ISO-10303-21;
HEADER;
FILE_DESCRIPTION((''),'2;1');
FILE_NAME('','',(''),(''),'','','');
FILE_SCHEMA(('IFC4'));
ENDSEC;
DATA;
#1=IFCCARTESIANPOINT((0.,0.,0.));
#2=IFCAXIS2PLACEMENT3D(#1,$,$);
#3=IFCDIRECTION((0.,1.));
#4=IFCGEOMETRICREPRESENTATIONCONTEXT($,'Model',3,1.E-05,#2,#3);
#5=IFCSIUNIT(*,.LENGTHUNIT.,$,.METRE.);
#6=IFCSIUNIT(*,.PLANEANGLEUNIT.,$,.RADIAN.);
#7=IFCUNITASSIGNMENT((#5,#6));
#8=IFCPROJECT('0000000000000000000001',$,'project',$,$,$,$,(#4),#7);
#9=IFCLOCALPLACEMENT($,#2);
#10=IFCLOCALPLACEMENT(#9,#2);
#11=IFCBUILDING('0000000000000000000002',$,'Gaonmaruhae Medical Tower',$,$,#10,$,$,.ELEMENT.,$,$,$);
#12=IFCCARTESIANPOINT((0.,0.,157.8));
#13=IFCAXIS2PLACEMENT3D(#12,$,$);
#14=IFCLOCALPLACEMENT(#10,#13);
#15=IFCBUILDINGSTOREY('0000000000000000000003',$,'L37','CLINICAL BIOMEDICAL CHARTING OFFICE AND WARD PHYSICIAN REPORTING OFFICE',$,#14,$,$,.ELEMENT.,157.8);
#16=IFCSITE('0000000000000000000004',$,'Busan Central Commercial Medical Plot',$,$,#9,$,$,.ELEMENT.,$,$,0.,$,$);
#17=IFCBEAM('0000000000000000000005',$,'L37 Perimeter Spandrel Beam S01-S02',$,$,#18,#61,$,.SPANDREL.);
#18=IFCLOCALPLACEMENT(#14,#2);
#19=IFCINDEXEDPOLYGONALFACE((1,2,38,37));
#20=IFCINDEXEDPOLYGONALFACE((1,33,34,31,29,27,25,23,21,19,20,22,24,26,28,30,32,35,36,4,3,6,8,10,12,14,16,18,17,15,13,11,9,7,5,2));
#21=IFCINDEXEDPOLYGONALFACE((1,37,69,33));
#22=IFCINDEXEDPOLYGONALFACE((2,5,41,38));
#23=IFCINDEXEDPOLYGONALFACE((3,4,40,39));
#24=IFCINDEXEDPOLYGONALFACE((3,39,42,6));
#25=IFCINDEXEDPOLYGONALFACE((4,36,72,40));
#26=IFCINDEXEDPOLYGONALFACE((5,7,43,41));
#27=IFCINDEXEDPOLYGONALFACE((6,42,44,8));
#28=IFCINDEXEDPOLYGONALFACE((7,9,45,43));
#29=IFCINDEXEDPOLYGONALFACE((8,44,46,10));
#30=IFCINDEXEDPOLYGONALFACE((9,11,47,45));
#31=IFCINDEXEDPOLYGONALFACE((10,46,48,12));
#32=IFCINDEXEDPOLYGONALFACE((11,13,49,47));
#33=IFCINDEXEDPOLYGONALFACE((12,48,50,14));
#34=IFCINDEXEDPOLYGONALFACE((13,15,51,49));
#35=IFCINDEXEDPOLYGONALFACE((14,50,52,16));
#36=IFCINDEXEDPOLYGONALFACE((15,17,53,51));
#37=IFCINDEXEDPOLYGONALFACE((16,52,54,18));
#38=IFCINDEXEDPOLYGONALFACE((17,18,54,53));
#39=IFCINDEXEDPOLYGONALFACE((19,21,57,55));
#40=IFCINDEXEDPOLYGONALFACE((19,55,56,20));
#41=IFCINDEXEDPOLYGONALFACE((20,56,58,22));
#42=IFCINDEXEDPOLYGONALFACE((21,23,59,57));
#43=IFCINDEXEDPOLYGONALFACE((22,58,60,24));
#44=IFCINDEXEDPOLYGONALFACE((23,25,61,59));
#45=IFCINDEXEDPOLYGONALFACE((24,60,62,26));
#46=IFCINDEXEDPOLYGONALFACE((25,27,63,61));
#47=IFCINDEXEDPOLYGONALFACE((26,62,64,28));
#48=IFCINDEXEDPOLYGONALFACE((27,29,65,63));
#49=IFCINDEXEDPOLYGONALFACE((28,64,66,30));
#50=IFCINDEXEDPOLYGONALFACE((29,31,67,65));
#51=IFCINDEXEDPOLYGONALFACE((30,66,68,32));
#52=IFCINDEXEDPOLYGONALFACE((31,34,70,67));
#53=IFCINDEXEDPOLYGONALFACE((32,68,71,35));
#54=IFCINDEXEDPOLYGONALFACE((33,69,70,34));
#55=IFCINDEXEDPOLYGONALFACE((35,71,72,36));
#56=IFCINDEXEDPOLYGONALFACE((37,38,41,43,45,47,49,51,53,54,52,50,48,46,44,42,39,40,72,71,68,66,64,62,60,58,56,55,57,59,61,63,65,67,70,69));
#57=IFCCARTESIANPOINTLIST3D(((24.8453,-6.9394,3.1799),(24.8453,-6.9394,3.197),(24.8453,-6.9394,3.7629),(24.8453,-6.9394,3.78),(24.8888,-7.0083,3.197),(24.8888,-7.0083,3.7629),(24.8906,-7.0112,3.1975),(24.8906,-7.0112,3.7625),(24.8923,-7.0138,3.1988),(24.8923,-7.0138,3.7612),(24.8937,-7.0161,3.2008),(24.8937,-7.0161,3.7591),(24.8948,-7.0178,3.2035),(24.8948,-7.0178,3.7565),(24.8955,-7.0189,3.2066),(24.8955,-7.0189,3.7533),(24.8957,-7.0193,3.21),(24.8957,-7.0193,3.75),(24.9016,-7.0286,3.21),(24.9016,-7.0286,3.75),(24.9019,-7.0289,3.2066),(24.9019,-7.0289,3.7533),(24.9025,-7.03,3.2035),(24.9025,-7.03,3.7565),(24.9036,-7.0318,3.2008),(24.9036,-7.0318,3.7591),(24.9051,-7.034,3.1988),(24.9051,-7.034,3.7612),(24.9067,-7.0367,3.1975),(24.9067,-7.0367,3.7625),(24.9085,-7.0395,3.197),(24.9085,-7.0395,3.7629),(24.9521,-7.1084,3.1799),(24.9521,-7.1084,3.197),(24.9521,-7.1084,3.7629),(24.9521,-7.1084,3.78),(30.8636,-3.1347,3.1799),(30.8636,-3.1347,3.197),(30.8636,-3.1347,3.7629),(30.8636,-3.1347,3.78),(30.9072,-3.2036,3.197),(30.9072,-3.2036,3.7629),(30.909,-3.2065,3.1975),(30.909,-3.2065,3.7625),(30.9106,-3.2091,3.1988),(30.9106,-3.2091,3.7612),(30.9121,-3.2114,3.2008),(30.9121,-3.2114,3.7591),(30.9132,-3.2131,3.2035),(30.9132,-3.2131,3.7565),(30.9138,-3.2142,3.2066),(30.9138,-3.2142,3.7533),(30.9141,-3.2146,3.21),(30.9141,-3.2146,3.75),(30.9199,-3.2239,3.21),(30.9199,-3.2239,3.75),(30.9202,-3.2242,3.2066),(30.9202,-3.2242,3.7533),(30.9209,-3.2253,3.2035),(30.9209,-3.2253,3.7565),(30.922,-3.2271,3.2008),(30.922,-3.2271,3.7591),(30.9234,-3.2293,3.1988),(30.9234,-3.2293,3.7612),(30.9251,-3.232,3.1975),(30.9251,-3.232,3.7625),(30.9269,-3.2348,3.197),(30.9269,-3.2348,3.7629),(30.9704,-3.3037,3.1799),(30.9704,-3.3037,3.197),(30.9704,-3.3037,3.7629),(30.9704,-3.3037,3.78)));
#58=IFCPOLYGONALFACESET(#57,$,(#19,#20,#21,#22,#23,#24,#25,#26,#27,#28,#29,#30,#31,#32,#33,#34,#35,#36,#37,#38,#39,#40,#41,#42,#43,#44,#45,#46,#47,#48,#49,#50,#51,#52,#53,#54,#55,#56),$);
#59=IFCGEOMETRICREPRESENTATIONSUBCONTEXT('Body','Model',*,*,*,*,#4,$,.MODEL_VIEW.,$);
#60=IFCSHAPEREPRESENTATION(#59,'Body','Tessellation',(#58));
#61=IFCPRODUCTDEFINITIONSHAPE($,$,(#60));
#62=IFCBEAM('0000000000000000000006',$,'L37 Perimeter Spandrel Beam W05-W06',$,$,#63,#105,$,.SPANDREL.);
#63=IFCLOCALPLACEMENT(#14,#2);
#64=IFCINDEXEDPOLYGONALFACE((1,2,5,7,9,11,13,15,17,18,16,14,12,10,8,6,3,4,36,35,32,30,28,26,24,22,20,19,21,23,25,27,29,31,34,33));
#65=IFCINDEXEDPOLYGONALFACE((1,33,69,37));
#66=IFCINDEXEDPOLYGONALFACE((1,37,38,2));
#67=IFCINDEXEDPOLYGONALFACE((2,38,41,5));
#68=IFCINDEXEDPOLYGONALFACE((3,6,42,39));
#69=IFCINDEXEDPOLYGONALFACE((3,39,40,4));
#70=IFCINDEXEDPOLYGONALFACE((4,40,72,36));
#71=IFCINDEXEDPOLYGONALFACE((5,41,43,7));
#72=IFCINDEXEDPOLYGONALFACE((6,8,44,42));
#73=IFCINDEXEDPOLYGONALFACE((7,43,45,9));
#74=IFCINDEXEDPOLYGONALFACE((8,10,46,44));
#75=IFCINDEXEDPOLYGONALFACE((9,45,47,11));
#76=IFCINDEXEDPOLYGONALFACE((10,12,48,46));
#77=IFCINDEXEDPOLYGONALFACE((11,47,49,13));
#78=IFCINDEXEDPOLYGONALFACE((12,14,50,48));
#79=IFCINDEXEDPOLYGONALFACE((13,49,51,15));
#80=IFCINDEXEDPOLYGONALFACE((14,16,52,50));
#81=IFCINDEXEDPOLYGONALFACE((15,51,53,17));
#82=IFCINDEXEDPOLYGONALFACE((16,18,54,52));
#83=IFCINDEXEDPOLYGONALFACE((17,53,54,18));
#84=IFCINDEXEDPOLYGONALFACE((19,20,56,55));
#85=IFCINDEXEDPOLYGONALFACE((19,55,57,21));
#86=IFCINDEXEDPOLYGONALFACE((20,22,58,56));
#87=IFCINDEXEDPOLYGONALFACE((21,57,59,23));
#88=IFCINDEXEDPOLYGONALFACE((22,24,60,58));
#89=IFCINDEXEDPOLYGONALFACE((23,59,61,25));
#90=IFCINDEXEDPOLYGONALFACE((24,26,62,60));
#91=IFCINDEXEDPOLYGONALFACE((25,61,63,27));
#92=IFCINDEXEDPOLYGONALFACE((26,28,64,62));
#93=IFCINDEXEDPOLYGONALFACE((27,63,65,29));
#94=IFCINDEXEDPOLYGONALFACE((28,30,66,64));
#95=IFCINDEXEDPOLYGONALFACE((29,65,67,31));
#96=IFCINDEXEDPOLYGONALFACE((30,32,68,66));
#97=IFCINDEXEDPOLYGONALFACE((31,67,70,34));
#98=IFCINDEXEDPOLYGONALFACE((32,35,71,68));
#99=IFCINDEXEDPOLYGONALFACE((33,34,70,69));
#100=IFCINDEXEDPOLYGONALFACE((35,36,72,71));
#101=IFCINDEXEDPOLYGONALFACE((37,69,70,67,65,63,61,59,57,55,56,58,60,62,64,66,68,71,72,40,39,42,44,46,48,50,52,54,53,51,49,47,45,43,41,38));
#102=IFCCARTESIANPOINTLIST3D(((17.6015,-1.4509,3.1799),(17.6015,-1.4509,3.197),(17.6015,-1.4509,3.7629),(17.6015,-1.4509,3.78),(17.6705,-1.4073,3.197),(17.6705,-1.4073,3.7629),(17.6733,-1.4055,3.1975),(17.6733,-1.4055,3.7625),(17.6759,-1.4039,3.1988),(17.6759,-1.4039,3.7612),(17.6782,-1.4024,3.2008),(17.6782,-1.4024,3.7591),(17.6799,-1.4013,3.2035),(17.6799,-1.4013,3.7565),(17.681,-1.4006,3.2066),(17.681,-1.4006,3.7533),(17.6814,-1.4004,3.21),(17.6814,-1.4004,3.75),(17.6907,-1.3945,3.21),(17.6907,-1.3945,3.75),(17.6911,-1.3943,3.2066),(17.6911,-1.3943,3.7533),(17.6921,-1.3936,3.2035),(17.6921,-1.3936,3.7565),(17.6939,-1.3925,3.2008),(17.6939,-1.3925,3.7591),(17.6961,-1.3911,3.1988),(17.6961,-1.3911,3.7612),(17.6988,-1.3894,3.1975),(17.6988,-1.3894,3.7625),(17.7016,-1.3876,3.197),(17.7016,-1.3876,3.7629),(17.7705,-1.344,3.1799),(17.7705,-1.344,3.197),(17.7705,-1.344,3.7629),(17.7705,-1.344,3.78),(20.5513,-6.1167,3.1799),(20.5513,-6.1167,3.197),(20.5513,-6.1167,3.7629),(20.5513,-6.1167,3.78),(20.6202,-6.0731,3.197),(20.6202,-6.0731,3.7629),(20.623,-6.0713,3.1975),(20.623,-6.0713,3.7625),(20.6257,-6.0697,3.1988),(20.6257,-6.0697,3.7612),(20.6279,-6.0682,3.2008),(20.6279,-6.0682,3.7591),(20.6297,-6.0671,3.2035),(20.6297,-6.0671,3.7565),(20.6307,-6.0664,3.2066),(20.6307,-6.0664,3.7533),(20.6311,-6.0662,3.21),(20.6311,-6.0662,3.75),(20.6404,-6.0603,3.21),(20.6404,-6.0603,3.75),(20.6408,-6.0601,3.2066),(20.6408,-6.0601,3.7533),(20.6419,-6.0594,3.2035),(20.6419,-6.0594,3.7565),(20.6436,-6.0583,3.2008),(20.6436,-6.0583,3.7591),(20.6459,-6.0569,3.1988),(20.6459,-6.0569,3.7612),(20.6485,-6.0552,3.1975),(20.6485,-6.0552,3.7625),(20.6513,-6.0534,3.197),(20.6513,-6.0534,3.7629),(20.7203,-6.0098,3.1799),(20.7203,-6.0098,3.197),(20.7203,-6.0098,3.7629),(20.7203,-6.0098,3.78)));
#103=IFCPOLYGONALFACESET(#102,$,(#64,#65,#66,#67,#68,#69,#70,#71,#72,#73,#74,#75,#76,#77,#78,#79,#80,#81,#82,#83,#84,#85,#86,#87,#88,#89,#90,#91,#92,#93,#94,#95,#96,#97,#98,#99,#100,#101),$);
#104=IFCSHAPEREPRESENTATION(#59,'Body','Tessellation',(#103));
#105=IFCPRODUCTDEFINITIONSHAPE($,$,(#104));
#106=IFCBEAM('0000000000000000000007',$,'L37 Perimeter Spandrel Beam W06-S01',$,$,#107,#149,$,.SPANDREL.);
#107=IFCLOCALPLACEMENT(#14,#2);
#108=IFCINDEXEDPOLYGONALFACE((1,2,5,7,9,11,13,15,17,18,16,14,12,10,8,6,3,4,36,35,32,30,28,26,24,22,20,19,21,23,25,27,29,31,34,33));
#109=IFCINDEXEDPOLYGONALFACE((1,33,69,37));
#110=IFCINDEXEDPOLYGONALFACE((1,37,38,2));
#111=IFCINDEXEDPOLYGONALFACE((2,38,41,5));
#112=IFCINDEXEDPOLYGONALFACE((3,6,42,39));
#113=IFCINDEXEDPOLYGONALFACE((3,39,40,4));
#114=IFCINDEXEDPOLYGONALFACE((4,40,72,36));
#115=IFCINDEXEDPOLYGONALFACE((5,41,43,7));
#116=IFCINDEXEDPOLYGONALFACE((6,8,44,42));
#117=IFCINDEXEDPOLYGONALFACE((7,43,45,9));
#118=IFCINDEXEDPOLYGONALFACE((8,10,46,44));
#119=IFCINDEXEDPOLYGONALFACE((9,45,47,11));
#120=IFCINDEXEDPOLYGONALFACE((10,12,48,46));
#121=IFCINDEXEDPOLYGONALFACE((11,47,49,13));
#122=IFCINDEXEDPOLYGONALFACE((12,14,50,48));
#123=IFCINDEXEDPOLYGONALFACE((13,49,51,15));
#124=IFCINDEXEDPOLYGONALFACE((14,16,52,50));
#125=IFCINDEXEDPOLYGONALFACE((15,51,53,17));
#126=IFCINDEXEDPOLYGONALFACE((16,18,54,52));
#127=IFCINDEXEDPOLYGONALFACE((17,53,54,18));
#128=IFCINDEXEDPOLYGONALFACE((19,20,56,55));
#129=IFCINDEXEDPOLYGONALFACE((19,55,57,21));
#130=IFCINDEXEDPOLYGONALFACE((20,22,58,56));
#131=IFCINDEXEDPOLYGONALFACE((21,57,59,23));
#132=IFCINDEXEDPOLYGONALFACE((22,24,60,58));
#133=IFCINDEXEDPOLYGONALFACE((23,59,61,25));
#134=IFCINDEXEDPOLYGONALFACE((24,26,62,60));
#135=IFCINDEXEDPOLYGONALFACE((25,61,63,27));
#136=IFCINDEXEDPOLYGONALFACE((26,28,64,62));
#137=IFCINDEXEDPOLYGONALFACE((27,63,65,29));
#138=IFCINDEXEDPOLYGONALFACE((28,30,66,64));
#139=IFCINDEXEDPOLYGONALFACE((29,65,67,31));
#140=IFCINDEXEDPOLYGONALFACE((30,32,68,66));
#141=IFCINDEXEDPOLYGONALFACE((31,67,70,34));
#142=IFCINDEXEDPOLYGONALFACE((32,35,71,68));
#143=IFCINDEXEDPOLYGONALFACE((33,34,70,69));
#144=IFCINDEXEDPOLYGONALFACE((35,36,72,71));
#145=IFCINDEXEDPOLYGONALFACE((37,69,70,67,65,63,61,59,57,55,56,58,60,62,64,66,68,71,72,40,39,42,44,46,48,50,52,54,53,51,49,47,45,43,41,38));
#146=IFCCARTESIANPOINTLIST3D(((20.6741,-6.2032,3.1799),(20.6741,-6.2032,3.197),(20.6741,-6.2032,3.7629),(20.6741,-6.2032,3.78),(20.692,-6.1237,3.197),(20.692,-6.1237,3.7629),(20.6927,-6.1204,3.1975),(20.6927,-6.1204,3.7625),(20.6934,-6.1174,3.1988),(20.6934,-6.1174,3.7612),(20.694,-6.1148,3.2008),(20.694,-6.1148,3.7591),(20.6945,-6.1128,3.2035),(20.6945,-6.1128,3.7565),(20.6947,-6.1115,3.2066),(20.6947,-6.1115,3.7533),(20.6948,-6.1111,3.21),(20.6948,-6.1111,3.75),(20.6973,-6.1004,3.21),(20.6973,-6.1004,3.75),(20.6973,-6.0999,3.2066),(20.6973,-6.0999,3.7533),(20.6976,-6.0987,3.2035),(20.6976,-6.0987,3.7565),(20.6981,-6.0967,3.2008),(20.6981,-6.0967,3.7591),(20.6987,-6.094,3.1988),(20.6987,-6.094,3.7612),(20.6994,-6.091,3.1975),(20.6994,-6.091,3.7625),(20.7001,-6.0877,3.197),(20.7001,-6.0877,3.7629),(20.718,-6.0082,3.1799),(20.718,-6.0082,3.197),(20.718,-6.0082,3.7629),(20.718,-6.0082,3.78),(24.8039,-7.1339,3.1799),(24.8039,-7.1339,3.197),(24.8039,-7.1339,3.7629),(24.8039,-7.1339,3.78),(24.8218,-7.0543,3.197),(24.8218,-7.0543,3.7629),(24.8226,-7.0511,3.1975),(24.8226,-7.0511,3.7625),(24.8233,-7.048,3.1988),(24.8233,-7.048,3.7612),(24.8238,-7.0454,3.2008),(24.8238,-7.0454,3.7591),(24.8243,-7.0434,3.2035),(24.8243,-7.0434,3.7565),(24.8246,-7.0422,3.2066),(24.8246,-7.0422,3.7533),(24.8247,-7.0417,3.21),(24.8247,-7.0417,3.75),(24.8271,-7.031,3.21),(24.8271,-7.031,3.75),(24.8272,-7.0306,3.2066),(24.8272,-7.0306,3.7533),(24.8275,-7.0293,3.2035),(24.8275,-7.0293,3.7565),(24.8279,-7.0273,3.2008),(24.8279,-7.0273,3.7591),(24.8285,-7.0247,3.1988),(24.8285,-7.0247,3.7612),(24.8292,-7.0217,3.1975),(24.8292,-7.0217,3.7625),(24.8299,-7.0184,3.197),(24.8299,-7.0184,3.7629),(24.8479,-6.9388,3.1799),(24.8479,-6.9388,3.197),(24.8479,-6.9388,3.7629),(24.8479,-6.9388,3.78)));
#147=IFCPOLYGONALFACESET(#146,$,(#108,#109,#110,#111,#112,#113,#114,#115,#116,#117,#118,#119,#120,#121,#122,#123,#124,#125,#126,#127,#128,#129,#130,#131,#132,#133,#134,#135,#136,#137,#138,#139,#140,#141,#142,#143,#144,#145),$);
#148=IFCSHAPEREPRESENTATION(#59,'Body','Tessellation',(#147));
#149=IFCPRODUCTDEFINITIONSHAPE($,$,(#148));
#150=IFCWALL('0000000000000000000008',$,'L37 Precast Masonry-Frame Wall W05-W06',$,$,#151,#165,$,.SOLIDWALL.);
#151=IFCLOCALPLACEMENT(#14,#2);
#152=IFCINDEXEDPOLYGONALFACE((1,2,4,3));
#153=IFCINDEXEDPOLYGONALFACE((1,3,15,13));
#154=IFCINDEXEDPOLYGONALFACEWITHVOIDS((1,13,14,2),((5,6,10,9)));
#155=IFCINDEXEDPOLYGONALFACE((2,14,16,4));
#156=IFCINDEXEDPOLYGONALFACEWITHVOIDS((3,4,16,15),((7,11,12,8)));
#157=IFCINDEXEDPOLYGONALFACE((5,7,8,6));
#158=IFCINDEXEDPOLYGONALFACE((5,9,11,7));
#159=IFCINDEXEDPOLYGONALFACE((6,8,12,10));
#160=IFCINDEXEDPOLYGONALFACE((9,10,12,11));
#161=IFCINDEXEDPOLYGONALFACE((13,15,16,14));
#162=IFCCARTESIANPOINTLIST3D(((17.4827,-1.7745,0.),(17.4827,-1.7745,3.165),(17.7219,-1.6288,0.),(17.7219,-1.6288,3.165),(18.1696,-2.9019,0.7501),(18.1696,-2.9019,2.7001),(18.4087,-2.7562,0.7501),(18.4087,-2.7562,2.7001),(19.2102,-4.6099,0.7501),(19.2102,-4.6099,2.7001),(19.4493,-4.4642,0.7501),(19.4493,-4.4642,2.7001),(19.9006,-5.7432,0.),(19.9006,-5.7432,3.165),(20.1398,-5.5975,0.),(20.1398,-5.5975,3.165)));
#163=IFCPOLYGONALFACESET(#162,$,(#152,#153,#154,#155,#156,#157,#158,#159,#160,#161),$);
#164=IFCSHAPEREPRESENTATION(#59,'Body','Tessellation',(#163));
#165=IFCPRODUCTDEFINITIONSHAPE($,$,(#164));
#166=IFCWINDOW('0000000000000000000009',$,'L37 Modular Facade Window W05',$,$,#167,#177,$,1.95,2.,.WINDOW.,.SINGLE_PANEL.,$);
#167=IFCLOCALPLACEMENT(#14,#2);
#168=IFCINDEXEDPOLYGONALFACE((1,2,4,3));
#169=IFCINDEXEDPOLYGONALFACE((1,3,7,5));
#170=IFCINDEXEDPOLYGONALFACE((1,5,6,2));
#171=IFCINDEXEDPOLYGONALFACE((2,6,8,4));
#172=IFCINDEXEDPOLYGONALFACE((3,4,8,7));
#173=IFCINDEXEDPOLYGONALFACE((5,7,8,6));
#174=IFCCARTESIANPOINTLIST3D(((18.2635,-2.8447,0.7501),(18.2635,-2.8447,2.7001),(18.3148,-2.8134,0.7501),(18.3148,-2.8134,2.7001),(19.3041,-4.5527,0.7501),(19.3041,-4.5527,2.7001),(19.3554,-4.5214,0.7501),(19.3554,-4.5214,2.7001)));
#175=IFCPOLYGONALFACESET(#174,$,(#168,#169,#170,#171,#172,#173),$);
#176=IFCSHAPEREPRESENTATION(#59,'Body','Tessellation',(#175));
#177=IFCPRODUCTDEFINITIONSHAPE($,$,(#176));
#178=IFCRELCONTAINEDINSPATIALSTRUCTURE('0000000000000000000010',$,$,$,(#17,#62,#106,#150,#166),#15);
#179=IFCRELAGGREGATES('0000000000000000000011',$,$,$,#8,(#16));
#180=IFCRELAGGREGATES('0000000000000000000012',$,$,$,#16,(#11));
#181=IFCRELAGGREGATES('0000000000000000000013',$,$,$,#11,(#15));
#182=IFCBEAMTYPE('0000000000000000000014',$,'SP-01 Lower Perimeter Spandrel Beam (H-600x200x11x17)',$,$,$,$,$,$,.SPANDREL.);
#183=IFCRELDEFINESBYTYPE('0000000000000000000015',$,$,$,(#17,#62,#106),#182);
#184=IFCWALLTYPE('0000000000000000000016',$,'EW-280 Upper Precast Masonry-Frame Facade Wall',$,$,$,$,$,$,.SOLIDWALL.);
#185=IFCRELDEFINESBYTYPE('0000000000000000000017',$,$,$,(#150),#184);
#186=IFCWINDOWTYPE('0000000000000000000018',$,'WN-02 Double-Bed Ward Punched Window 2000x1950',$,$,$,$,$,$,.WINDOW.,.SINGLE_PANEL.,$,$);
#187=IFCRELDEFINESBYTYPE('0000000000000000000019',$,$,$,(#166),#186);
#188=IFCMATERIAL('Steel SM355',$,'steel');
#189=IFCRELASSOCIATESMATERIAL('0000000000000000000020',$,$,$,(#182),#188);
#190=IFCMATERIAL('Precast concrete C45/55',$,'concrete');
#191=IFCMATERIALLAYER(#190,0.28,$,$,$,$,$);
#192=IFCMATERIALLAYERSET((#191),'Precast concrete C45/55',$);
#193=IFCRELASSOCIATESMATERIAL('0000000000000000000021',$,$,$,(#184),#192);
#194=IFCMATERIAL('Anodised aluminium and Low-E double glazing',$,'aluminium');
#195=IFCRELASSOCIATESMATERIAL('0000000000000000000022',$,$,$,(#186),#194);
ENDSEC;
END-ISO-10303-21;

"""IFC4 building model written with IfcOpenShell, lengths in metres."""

from ifc_helpers import new_model, si_unit, direction, frame, frame_2d, origin, origin_2d, place, context, subcontext, project, spatial, rectangle, i_section, extrude, material, layer, layer_set, material_profile, profile_set, type_object, element, fill, save


model = new_model("IFC4")

# Units and contexts
model_context = context("Model", 3, precision=1e-05, world=origin(), true_north=direction((0.0, 1.0)))
body_context = subcontext(model_context, "Body", "Model", "MODEL_VIEW")
ifc_project = project(units=[si_unit("LENGTHUNIT", "METRE"), si_unit("PLANEANGLEUNIT", "RADIAN")], contexts=[model_context])

# Site, building, storey
site_placement = place(None, origin())
site = spatial("IfcSite", under=ifc_project, at=site_placement, Name="Busan Central Commercial Medical Plot", CompositionType="ELEMENT", RefElevation=0.0)
building_placement = place(site_placement, origin())
building = spatial("IfcBuilding", under=site, at=building_placement, Name="Gaonmaruhae Medical Tower", CompositionType="ELEMENT")
storey_placement = place(building_placement, frame((0.0, 0.0, 157.8)))
storey = spatial("IfcBuildingStorey", under=building, at=storey_placement, Name="L37", Description="CLINICAL BIOMEDICAL CHARTING OFFICE AND WARD PHYSICIAN REPORTING OFFICE", CompositionType="ELEMENT", Elevation=157.8)

# Beams
ifc_material_1 = material(Name="Steel SM355", Category="steel")
ifc_material_profile_1 = material_profile(ifc_material_1, i_section(OverallWidth=0.2, OverallDepth=0.6001, WebThickness=0.011, FlangeThickness=0.0171, FilletRadius=0.0129, at=origin_2d()), Name="H-600x200x11x17")
ifc_profile_set_1 = profile_set([ifc_material_profile_1], Name="Steel SM355")
beam_type_1 = type_object("IfcBeamType", Name="SP-01 Lower Perimeter Spandrel Beam (H-600x200x11x17)", PredefinedType="SPANDREL", material=ifc_profile_set_1)
beam_1_placement = place(storey_placement, frame((24.8987, -7.0239, 3.48), z_axis=(0.845257, 0.534359, 0.0), x_axis=(-0.534359, 0.845257, 0.0)))
element("IfcBeam", 1, at=beam_1_placement, inside=storey, type_object=beam_type_1, Name="L37 Perimeter Spandrel Beam S01-S02", PredefinedType="SPANDREL", context=body_context, shape_type="SweptSolid", body=[
    extrude(i_section(OverallWidth=0.2, OverallDepth=0.6001, WebThickness=0.011, FlangeThickness=0.0171, FilletRadius=0.0129, at=origin_2d()), origin(), (0.0, 0.0, 1.0), 7.1201),
])
beam_2_placement = place(storey_placement, frame((17.686, -1.3975, 3.48), z_axis=(0.534369, -0.845251, 0.0), x_axis=(0.845251, 0.534369, 0.0)))
element("IfcBeam", 2, at=beam_2_placement, inside=storey, type_object=beam_type_1, Name="L37 Perimeter Spandrel Beam W05-W06", PredefinedType="SPANDREL", context=body_context, shape_type="SweptSolid", body=[
    extrude(i_section(OverallWidth=0.2, OverallDepth=0.6001, WebThickness=0.011, FlangeThickness=0.0171, FilletRadius=0.0129, at=origin_2d()), origin(), (0.0, 0.0, 1.0), 5.52),
])
beam_3_placement = place(storey_placement, frame((20.696, -6.1057, 3.48), z_axis=(0.975537, -0.219836, 0.0), x_axis=(0.219836, 0.975537, 0.0)))
element("IfcBeam", 3, at=beam_3_placement, inside=storey, type_object=beam_type_1, Name="L37 Perimeter Spandrel Beam W06-S01", PredefinedType="SPANDREL", context=body_context, shape_type="SweptSolid", body=[
    extrude(i_section(OverallWidth=0.2, OverallDepth=0.6001, WebThickness=0.011, FlangeThickness=0.0171, FilletRadius=0.0129, at=origin_2d()), origin(), (0.0, 0.0, 1.0), 4.2334),
])

# Wall, opening, window
ifc_material_2 = material(Name="Precast concrete C45/55", Category="concrete")
ifc_layer_1 = layer(ifc_material_2, 0.28)
ifc_layer_set_1 = layer_set([ifc_layer_1], Name="Precast concrete C45/55")
wall_type_1 = type_object("IfcWallType", Name="EW-280 Upper Precast Masonry-Frame Facade Wall", PredefinedType="SOLIDWALL", material=ifc_layer_set_1)
wall_1_placement = place(storey_placement, frame((20.0203, -5.6704, 0.0), z_axis=(0.0, 0.0, 1.0), x_axis=(-0.520294, 0.853987, 0.0)))
wall_1 = element("IfcWall", 4, at=wall_1_placement, inside=storey, type_object=wall_type_1, Name="L37 Precast Masonry-Frame Wall W05-W06", PredefinedType="SOLIDWALL", context=body_context, shape_type="SweptSolid", body=[
    extrude(rectangle(XDim=4.6472, YDim=0.28, at=frame_2d((2.3237, 0.0))), origin(), (0.0, 0.0, 1.0), 3.165),
])
opening_1_placement = place(wall_1_placement, frame((1.3271, 0.0, 0.75)))
opening_1 = element("IfcOpeningElement", 5, at=opening_1_placement, cuts=wall_1, PredefinedType="OPENING", context=body_context, shape_type="SweptSolid", body=[
    extrude(rectangle(XDim=2.0, YDim=1.95, at=frame_2d((1.0, 0.9751))), frame((0.0, 0.1499, 0.0), z_axis=(0.0, -1.0, 0.0), x_axis=(1.0, 0.0, 0.0)), (0.0, 0.0, 1.0), 0.3),
])
ifc_material_3 = material(Name="Anodised aluminium and Low-E double glazing", Category="aluminium")
window_type_1 = type_object("IfcWindowType", Name="WN-02 Double-Bed Ward Punched Window 2000x1950", PartitioningType="SINGLE_PANEL", PredefinedType="WINDOW", material=ifc_material_3)
window_1_placement = place(opening_1_placement, origin())
window_1 = element("IfcWindow", 6, at=window_1_placement, inside=storey, type_object=window_type_1, Name="L37 Modular Facade Window W05", OverallHeight=1.95, OverallWidth=2.0, PartitioningType="SINGLE_PANEL", PredefinedType="WINDOW", context=body_context, shape_type="SweptSolid", body=[
    extrude(rectangle(XDim=2.0, YDim=1.95, at=frame_2d((1.0, 0.9751))), frame((0.0, 0.03, 0.0), z_axis=(0.0, -1.0, 0.0), x_axis=(1.0, 0.0, 0.0)), (0.0, 0.0, 1.0), 0.0601),
])
fill(opening_1, window_1)

save(model, "model.ifc")
